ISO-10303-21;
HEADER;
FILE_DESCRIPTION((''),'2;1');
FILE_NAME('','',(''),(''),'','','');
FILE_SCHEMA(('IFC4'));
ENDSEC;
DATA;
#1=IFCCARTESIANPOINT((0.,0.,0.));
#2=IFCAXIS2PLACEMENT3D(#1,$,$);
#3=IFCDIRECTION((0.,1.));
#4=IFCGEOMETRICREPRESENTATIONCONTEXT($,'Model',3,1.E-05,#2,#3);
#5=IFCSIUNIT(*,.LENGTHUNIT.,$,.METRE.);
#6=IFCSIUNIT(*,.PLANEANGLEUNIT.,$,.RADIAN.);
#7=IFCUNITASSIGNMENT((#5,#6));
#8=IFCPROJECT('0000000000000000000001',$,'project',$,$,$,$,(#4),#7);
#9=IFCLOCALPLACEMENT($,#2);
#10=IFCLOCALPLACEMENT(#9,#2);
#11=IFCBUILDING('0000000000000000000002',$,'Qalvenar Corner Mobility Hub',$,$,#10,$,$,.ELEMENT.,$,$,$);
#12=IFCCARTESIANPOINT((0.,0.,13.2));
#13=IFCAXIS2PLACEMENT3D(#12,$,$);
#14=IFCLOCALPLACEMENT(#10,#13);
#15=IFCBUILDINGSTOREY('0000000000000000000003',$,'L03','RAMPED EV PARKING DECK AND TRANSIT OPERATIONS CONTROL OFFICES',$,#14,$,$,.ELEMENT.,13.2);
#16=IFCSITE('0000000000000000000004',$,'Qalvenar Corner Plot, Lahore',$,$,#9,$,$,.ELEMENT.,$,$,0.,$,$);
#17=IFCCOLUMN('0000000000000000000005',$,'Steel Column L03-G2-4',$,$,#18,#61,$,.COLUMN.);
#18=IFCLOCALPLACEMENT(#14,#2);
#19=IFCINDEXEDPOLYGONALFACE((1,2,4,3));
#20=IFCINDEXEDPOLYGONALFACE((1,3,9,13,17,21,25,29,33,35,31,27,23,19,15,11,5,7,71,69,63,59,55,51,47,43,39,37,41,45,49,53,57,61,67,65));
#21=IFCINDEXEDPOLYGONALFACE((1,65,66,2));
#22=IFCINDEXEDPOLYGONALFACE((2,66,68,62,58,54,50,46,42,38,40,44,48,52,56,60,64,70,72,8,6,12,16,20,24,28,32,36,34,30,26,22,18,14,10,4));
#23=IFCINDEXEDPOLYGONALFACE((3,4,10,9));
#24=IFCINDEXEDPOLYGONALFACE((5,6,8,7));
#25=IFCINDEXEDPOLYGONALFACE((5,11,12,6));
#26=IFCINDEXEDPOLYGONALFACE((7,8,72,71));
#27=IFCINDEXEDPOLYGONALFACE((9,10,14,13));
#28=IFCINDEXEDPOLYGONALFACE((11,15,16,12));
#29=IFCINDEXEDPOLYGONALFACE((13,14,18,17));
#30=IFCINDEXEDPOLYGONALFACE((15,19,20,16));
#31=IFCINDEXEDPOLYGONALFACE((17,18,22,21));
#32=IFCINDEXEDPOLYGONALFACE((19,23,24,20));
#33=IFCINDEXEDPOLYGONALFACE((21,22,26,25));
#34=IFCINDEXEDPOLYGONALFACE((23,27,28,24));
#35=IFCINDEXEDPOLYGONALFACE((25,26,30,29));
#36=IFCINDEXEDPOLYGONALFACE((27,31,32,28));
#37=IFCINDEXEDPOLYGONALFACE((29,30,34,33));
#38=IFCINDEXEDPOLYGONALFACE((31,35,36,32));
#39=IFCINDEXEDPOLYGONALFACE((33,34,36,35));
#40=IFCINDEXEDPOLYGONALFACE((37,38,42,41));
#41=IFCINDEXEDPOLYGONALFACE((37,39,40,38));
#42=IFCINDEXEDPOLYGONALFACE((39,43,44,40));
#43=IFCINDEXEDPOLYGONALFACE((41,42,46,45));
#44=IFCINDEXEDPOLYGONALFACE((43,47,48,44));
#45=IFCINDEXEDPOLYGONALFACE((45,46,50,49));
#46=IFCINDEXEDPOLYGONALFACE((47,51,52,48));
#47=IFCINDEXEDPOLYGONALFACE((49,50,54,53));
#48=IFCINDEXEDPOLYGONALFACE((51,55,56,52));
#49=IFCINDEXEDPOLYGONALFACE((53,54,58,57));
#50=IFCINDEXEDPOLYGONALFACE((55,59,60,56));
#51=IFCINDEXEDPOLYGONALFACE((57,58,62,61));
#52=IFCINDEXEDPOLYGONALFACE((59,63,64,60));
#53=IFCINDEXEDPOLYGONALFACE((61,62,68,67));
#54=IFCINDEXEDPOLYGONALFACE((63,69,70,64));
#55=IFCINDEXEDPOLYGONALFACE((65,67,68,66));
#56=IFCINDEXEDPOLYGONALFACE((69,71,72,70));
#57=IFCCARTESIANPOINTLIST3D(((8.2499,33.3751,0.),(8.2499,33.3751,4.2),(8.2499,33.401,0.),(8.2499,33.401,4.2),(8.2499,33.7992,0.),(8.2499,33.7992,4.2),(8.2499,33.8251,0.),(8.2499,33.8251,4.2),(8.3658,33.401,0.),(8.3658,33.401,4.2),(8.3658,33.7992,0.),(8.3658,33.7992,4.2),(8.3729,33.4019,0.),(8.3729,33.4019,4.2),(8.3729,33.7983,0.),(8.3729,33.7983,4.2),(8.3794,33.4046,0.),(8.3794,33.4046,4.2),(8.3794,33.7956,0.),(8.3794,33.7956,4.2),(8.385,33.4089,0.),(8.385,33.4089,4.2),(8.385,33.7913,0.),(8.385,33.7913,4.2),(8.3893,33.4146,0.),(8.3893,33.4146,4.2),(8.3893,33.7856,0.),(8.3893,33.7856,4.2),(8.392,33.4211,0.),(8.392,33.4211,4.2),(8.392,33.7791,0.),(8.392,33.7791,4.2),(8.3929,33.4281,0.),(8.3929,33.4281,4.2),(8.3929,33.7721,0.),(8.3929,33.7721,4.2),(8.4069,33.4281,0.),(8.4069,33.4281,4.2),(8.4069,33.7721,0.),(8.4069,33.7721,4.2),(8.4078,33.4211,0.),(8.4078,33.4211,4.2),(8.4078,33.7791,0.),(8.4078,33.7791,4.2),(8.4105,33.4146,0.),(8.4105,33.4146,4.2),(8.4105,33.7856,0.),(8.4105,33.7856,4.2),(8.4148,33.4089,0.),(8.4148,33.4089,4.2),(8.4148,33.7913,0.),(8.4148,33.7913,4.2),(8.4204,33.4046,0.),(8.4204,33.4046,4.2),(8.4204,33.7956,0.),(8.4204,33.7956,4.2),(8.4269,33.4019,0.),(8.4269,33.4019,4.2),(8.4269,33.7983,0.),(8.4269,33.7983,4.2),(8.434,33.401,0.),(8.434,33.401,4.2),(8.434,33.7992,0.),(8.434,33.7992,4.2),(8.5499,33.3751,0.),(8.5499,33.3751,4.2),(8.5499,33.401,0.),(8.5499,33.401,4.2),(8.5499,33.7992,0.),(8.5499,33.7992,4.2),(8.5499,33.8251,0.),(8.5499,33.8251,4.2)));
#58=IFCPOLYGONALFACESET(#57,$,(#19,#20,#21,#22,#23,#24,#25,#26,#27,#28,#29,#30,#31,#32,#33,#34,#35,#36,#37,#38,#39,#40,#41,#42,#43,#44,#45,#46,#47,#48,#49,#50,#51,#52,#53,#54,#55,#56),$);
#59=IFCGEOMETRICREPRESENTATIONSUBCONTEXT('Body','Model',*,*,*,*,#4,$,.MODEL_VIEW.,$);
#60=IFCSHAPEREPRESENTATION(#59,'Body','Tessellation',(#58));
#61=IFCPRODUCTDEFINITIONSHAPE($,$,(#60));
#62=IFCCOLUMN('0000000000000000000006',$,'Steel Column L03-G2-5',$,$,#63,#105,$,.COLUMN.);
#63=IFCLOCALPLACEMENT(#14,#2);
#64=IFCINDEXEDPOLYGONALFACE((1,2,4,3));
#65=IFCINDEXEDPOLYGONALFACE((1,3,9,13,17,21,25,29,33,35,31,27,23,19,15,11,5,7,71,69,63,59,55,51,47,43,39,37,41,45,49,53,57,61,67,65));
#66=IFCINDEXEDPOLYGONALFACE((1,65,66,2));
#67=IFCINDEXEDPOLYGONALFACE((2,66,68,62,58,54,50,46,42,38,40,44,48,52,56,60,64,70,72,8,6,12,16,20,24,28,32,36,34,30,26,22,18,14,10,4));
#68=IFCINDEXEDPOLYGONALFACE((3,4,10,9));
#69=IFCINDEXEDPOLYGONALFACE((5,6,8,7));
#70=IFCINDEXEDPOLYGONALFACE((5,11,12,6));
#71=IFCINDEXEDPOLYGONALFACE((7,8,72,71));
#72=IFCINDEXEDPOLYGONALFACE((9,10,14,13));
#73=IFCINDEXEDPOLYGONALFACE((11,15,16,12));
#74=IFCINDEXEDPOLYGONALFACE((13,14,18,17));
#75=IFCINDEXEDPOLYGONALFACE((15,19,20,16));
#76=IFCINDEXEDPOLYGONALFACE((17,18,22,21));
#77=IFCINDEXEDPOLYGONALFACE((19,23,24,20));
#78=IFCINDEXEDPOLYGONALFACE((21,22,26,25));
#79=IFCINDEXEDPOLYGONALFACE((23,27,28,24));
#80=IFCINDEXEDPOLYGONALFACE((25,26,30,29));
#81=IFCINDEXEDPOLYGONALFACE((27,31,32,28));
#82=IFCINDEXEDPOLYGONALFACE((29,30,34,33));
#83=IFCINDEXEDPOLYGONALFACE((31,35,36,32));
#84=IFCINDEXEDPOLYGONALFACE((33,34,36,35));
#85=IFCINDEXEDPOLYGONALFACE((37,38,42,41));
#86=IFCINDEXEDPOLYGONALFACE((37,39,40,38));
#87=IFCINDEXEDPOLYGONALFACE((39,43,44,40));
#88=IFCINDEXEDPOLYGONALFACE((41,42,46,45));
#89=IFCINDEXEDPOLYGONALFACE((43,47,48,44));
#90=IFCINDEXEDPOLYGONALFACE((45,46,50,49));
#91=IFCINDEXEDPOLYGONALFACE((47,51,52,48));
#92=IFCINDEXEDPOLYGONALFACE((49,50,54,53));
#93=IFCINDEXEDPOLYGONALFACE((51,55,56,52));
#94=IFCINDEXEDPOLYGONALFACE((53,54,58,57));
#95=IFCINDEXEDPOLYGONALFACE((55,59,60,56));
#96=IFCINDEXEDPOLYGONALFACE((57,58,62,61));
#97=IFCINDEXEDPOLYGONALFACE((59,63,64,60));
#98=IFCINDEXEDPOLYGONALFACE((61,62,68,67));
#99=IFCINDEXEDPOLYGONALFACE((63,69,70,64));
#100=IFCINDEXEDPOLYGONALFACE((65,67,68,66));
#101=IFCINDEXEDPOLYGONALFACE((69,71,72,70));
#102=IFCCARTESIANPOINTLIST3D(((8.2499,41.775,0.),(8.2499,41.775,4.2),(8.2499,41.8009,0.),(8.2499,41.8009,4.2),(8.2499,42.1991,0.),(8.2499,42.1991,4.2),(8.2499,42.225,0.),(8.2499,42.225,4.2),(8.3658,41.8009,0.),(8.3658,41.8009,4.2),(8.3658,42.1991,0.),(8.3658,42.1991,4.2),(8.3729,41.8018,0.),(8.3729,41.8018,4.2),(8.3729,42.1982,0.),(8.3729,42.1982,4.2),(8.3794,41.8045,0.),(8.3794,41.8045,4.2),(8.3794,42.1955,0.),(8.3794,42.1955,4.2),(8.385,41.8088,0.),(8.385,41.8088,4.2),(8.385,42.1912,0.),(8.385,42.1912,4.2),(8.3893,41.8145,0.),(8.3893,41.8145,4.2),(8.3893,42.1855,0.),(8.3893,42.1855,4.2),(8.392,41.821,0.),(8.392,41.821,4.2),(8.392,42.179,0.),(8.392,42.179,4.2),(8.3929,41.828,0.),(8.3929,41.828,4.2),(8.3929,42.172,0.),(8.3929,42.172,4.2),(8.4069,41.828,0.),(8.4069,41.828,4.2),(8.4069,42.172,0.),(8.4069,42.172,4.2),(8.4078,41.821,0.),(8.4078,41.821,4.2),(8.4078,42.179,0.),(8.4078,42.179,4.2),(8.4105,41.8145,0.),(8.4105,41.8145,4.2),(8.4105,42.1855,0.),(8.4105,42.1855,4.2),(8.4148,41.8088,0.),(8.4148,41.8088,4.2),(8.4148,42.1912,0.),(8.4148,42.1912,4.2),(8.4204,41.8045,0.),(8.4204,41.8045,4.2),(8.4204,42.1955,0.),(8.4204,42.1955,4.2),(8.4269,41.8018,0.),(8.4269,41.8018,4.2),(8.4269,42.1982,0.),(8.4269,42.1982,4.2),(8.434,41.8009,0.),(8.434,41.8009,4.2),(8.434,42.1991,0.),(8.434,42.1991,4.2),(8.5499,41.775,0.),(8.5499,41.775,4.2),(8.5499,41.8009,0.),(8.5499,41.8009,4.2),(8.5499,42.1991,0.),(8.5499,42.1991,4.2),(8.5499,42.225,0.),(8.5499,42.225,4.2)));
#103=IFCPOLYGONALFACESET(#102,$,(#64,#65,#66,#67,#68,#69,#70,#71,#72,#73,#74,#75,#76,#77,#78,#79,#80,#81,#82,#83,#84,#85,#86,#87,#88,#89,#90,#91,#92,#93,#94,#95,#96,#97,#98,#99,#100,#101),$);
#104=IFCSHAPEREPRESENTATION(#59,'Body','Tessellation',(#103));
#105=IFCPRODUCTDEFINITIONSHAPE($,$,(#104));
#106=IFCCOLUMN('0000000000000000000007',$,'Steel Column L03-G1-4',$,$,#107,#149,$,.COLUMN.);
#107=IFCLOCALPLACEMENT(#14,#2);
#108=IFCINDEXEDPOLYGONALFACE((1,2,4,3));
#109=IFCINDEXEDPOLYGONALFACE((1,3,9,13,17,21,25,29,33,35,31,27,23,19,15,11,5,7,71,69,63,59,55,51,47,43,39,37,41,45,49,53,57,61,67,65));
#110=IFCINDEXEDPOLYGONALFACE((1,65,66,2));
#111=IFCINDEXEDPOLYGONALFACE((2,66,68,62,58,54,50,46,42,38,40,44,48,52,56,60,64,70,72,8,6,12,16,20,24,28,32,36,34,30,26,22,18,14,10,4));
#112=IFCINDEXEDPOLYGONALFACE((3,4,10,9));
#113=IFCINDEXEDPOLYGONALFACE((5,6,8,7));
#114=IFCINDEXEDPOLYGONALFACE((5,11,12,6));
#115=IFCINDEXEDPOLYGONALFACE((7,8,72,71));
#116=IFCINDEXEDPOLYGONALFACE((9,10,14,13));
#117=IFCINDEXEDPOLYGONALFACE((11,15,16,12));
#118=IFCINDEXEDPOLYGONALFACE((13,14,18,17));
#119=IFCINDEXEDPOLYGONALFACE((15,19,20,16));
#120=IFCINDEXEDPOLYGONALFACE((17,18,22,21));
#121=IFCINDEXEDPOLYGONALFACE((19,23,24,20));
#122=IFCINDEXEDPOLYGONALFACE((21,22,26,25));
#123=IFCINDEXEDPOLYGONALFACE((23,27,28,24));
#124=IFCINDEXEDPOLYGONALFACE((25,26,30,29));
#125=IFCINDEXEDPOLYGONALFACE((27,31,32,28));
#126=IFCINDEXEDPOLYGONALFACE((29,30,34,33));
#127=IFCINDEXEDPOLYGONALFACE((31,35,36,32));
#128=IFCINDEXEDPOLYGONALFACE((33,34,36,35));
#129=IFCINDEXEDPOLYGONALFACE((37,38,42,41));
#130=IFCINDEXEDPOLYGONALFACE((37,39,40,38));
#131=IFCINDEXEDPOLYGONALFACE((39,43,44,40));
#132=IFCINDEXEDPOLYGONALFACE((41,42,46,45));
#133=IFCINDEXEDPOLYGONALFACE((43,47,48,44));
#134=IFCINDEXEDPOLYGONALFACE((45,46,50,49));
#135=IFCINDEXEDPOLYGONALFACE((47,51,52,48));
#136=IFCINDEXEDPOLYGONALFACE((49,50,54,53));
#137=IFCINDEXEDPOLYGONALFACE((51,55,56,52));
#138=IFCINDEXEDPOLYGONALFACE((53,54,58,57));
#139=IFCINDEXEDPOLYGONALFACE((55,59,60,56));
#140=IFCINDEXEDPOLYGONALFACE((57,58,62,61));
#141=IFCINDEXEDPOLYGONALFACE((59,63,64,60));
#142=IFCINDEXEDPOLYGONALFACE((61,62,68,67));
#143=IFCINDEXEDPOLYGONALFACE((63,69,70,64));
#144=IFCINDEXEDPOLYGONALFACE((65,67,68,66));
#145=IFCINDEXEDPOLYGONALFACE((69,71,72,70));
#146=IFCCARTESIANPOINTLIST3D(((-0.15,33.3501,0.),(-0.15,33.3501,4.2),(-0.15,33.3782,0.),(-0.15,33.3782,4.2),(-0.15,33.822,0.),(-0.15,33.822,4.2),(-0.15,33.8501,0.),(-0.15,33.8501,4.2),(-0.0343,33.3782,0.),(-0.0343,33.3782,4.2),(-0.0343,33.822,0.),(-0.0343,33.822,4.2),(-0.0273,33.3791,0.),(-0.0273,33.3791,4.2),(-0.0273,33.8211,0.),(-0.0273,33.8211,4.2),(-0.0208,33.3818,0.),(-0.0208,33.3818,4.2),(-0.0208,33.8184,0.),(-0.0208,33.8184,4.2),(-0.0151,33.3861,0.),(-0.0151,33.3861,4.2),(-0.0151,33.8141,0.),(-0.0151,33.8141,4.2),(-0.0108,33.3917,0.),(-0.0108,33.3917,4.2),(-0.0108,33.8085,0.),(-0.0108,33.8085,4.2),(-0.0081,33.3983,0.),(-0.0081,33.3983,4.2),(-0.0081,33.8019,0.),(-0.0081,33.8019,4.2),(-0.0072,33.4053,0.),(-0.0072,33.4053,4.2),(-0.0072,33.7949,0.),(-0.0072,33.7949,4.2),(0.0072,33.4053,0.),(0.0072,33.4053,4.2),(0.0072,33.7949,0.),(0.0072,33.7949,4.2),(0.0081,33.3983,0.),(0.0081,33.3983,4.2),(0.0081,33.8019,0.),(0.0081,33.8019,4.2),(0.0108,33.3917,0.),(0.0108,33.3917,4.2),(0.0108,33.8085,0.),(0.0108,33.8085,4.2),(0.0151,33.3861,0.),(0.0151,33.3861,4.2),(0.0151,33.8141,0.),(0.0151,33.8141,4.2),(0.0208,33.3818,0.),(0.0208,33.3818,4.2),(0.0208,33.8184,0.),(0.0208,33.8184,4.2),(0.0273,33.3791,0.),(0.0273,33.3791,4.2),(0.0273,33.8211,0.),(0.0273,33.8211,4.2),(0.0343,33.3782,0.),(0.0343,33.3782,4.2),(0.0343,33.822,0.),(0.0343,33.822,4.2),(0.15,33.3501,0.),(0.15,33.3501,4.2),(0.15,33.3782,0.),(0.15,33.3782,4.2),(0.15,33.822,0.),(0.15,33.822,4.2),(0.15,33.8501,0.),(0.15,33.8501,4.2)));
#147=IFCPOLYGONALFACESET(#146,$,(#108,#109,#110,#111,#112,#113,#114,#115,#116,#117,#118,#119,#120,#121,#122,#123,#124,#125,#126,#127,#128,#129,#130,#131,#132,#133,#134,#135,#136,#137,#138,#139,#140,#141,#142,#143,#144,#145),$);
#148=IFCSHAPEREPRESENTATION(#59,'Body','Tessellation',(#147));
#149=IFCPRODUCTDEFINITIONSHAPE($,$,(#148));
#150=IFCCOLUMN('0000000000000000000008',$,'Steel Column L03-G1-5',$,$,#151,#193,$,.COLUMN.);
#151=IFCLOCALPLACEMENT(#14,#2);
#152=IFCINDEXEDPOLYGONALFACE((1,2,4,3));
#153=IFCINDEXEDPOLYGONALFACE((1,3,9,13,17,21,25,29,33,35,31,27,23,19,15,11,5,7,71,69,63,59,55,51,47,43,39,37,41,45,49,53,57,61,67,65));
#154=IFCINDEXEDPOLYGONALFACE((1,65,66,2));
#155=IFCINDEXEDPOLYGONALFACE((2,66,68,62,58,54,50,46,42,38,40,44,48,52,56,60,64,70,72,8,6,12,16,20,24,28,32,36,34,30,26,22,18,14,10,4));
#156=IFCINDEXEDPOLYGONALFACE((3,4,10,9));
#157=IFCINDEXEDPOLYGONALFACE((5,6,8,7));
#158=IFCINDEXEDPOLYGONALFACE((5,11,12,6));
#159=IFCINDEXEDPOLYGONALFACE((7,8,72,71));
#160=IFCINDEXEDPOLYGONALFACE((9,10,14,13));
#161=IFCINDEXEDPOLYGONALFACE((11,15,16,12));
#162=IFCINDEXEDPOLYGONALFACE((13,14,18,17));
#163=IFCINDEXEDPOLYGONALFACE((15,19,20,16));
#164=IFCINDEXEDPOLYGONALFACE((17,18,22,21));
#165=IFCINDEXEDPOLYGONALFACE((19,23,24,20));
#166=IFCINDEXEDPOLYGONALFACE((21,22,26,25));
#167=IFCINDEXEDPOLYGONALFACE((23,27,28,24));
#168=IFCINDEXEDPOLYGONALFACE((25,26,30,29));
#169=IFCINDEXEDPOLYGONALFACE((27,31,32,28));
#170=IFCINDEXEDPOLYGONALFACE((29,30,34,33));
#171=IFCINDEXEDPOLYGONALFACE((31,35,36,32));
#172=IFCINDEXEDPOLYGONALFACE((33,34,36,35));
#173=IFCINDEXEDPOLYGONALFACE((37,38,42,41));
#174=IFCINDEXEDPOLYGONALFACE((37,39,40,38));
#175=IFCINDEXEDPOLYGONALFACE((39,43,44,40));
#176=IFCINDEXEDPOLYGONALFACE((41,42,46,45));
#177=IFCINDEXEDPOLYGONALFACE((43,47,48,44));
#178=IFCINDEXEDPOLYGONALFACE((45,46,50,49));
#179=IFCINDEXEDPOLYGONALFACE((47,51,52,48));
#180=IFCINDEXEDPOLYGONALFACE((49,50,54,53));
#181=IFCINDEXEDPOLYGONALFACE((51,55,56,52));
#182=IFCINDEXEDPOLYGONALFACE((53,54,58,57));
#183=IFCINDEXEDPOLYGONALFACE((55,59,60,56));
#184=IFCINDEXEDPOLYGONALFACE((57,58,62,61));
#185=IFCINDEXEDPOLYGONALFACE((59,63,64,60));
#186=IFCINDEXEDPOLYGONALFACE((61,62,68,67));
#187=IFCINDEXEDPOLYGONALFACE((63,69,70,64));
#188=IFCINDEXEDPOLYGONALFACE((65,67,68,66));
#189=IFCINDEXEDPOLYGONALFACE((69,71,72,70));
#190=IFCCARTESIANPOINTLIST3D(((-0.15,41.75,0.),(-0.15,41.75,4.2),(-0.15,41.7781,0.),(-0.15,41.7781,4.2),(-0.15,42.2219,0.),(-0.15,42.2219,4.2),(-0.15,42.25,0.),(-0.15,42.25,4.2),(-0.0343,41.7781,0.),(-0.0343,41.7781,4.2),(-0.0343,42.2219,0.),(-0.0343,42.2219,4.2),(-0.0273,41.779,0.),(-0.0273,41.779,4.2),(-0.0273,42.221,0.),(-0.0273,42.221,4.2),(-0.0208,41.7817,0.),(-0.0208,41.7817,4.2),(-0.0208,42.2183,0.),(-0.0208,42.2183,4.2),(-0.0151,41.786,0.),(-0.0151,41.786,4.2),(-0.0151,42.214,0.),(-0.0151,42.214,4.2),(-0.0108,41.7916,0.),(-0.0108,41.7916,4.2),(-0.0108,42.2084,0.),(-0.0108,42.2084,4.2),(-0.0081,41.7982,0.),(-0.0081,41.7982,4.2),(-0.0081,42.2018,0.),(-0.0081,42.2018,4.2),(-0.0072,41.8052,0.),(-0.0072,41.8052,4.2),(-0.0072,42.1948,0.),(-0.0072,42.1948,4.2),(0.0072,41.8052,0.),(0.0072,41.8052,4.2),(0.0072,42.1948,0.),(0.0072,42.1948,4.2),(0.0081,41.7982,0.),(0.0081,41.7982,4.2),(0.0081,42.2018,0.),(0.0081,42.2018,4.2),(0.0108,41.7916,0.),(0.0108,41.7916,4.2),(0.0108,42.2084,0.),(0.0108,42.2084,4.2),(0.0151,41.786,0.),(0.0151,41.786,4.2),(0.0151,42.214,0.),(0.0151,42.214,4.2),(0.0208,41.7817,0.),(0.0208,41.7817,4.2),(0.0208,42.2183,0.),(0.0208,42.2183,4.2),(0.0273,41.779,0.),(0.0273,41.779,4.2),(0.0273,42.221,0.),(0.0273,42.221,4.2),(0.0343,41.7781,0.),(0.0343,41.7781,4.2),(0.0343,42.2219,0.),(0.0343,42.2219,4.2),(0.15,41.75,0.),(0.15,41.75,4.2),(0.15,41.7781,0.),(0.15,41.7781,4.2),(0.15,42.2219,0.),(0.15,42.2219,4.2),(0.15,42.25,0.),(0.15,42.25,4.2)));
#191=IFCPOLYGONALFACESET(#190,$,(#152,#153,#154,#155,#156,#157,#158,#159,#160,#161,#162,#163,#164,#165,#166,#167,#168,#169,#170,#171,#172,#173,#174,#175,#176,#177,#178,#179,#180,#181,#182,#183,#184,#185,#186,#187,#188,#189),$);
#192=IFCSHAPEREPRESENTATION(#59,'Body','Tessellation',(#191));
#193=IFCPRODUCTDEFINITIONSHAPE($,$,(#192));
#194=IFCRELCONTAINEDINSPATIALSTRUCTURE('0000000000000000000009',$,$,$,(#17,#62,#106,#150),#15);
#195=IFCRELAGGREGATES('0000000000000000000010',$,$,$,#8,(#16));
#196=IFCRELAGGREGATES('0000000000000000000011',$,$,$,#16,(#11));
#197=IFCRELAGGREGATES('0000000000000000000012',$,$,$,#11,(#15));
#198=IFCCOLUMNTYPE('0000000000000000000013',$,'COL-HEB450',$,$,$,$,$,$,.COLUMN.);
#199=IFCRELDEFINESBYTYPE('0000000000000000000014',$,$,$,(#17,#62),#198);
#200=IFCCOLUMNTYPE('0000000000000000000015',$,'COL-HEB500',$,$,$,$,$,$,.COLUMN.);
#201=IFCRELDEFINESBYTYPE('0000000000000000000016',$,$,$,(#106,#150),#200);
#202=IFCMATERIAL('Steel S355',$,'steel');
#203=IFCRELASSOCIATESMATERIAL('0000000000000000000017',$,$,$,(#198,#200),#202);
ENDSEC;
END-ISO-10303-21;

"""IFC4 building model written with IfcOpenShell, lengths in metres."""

from ifc_helpers import new_model, si_unit, direction, frame, origin, origin_2d, place, context, subcontext, project, spatial, i_section, extrude, material, material_profile, profile_set, type_object, element, save


model = new_model("IFC4")

# Units and contexts
model_context = context("Model", 3, precision=1e-05, world=origin(), true_north=direction((0.0, 1.0)))
body_context = subcontext(model_context, "Body", "Model", "MODEL_VIEW")
ifc_project = project(units=[si_unit("LENGTHUNIT", "METRE"), si_unit("PLANEANGLEUNIT", "RADIAN")], contexts=[model_context])

# Site, building, storey
site_placement = place(None, origin())
site = spatial("IfcSite", under=ifc_project, at=site_placement, Name="Qalvenar Corner Plot, Lahore", CompositionType="ELEMENT", RefElevation=0.0)
building_placement = place(site_placement, origin())
building = spatial("IfcBuilding", under=site, at=building_placement, Name="Qalvenar Corner Mobility Hub", CompositionType="ELEMENT")
storey_placement = place(building_placement, frame((0.0, 0.0, 13.2)))
storey = spatial("IfcBuildingStorey", under=building, at=storey_placement, Name="L03", Description="RAMPED EV PARKING DECK AND TRANSIT OPERATIONS CONTROL OFFICES", CompositionType="ELEMENT", Elevation=13.2)

# Columns
ifc_material_1 = material(Name="Steel S355", Category="steel")
ifc_material_profile_1 = material_profile(ifc_material_1, i_section(OverallWidth=0.3, OverallDepth=0.45, WebThickness=0.0139, FlangeThickness=0.0259, FilletRadius=0.0271, at=origin_2d()), Name="HEB450")
ifc_profile_set_1 = profile_set([ifc_material_profile_1], Name="Steel S355")
column_type_1 = type_object("IfcColumnType", Name="COL-HEB450", PredefinedType="COLUMN", material=ifc_profile_set_1)
for number, where, z_axis, x_axis, name in (
    (1, (8.3999, 33.6001, 0.0), (0.0, 0.0, 1.0), (1.0, 0.0, 0.0), "Steel Column L03-G2-4"),
    (2, (8.3999, 42.0, 0.0), (0.0, 0.0, 1.0), (1.0, 0.0, 0.0), "Steel Column L03-G2-5"),
):
    element("IfcColumn", number, at=place(storey_placement, frame(where, z_axis=z_axis, x_axis=x_axis)), inside=storey, type_object=column_type_1, Name=name, PredefinedType="COLUMN", context=body_context, shape_type="SweptSolid", body=[
        extrude(i_section(OverallWidth=0.3, OverallDepth=0.45, WebThickness=0.0139, FlangeThickness=0.0259, FilletRadius=0.0271, at=origin_2d()), origin(), (0.0, 0.0, 1.0), 4.2),
    ])
ifc_material_profile_2 = material_profile(ifc_material_1, i_section(OverallWidth=0.3, OverallDepth=0.5, WebThickness=0.0144, FlangeThickness=0.0281, FilletRadius=0.0271, at=origin_2d()), Name="HEB500")
ifc_profile_set_2 = profile_set([ifc_material_profile_2], Name="Steel S355")
column_type_2 = type_object("IfcColumnType", Name="COL-HEB500", PredefinedType="COLUMN", material=ifc_profile_set_2)
for number, where, z_axis, x_axis, name in (
    (3, (0.0, 33.6001, 0.0), (0.0, 0.0, 1.0), (1.0, 0.0, 0.0), "Steel Column L03-G1-4"),
    (4, (0.0, 42.0, 0.0), (0.0, 0.0, 1.0), (1.0, 0.0, 0.0), "Steel Column L03-G1-5"),
):
    element("IfcColumn", number, at=place(storey_placement, frame(where, z_axis=z_axis, x_axis=x_axis)), inside=storey, type_object=column_type_2, Name=name, PredefinedType="COLUMN", context=body_context, shape_type="SweptSolid", body=[
        extrude(i_section(OverallWidth=0.3, OverallDepth=0.5, WebThickness=0.0144, FlangeThickness=0.0281, FilletRadius=0.0271, at=origin_2d()), origin(), (0.0, 0.0, 1.0), 4.2),
    ])

save(model, "model.ifc")
